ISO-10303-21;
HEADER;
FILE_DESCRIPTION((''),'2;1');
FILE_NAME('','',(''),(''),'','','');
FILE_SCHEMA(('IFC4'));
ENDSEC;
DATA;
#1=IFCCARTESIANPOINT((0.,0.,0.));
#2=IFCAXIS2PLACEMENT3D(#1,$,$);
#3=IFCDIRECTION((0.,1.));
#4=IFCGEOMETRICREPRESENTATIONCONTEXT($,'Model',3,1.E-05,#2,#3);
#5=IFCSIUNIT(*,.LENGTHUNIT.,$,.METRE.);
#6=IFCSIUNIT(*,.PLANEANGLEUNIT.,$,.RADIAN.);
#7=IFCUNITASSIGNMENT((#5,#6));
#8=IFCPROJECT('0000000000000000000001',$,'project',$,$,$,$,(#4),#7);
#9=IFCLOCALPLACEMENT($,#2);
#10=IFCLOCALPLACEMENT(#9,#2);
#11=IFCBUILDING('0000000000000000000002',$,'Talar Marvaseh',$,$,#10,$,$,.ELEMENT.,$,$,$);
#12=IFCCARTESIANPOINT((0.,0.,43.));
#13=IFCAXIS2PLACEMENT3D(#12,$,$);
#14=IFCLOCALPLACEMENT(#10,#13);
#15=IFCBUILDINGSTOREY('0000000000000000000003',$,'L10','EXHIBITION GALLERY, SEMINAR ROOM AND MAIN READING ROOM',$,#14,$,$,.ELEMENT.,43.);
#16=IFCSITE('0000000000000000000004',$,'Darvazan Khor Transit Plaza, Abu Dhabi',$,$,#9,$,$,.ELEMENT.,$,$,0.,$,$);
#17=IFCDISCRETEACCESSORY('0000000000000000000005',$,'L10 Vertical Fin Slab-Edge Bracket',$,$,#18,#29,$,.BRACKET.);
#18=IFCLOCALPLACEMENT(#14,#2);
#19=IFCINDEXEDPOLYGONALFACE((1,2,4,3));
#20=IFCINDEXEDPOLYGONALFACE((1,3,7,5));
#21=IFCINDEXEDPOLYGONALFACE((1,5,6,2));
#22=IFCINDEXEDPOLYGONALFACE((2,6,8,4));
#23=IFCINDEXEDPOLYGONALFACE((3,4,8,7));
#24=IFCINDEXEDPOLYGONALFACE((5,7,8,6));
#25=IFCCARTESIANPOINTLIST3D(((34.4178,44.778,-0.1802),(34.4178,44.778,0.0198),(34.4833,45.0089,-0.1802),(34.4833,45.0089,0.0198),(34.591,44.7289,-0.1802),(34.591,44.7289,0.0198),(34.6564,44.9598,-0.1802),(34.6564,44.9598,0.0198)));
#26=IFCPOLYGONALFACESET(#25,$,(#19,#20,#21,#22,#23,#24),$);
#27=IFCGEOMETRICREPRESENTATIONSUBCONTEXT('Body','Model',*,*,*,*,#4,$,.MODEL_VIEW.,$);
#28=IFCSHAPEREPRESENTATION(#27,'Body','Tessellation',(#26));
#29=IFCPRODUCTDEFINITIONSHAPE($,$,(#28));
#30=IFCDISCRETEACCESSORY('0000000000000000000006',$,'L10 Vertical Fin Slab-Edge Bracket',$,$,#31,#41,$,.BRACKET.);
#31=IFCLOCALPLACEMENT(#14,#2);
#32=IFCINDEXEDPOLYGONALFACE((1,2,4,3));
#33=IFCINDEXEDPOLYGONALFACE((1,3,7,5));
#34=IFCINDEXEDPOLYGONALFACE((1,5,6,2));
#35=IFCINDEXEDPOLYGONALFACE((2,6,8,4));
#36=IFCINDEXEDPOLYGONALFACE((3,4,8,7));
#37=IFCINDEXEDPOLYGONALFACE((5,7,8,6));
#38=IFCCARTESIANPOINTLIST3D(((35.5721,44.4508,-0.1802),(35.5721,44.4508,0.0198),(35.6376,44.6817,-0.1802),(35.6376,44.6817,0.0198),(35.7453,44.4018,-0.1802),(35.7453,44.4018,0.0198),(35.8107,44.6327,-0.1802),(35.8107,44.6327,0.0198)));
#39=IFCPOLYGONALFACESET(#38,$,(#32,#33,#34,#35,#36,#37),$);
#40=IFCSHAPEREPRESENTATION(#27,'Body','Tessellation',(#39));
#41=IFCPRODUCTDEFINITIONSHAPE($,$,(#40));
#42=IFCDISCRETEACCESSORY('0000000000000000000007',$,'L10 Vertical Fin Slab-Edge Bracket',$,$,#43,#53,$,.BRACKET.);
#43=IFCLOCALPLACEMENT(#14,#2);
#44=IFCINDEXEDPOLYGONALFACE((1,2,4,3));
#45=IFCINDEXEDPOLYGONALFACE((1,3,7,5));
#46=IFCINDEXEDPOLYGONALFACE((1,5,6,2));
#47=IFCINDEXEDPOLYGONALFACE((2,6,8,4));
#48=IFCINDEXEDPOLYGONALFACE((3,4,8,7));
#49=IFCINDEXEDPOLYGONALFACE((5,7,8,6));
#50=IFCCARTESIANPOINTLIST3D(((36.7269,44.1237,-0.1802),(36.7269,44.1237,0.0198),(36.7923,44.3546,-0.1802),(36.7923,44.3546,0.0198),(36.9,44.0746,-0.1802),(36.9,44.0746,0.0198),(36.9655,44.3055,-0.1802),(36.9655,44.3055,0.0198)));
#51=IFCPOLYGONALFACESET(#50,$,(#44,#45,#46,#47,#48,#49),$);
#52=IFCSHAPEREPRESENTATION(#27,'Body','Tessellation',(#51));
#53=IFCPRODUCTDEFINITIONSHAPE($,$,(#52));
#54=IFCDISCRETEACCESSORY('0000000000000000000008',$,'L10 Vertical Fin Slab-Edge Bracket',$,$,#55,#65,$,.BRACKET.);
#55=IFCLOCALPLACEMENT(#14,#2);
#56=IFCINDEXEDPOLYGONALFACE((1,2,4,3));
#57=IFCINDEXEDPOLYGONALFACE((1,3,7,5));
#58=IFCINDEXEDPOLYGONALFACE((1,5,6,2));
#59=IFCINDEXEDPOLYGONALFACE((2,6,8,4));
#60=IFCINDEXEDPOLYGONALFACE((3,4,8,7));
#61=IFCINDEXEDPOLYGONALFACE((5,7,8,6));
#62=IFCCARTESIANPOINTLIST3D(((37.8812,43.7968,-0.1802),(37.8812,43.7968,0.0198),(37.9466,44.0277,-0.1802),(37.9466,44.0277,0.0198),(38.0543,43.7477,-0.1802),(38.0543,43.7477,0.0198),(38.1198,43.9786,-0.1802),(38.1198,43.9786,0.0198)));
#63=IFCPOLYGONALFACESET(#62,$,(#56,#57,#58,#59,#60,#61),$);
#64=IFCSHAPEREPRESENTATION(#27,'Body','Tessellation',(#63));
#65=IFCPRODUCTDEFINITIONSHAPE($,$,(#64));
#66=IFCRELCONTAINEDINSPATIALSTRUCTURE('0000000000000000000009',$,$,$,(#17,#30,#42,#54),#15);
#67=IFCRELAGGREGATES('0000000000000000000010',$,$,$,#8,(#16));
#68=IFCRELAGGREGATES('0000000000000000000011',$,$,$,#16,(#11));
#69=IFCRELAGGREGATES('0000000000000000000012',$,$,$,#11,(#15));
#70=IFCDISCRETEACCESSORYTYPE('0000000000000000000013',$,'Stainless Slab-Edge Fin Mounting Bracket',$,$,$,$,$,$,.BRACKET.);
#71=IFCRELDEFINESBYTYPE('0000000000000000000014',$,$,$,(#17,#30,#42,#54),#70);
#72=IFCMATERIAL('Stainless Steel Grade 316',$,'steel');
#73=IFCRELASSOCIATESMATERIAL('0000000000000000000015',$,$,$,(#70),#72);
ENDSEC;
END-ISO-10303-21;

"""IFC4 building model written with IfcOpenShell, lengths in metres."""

from ifc_helpers import new_model, si_unit, direction, frame, origin, origin_2d, place, context, subcontext, project, spatial, rectangle, extrude, source, transform, mapped, material, type_object, type_shapes, element, save


model = new_model("IFC4")

# Units and contexts
model_context = context("Model", 3, precision=1e-05, world=origin(), true_north=direction((0.0, 1.0)))
body_context = subcontext(model_context, "Body", "Model", "MODEL_VIEW")
ifc_project = project(units=[si_unit("LENGTHUNIT", "METRE"), si_unit("PLANEANGLEUNIT", "RADIAN")], contexts=[model_context])

# Site, building, storey
site_placement = place(None, origin())
site = spatial("IfcSite", under=ifc_project, at=site_placement, Name="Darvazan Khor Transit Plaza, Abu Dhabi", CompositionType="ELEMENT", RefElevation=0.0)
building_placement = place(site_placement, origin())
building = spatial("IfcBuilding", under=site, at=building_placement, Name="Talar Marvaseh", CompositionType="ELEMENT")
storey_placement = place(building_placement, frame((0.0, 0.0, 43.0)))
storey = spatial("IfcBuildingStorey", under=building, at=storey_placement, Name="L10", Description="EXHIBITION GALLERY, SEMINAR ROOM AND MAIN READING ROOM", CompositionType="ELEMENT", Elevation=43.0)

# Discrete accessories
ifc_material_1 = material(Name="Stainless Steel Grade 316", Category="steel")
discrete_accessory_type = type_object("IfcDiscreteAccessoryType", Name="Stainless Slab-Edge Fin Mounting Bracket", PredefinedType="BRACKET", material=ifc_material_1)
shared_shape_1 = source(origin(), body_context, "Body", "SweptSolid", [
    extrude(rectangle(XDim=0.24, YDim=0.1799, at=origin_2d()), origin(), (0.0, 0.0, 1.0), 0.2),
])
type_shapes(discrete_accessory_type, [shared_shape_1])
for number, where, z_axis, x_axis, name in (
    (1, (34.5371, 44.8689, -0.1802), (0.0, 0.0, 1.0), (0.272616, 0.962123, 0.0), "L10 Vertical Fin Slab-Edge Bracket"),
    (2, (35.6914, 44.5417, -0.1802), (0.0, 0.0, 1.0), (0.272616, 0.962123, 0.0), "L10 Vertical Fin Slab-Edge Bracket"),
    (3, (36.8462, 44.2146, -0.1802), (0.0, 0.0, 1.0), (0.272616, 0.962123, 0.0), "L10 Vertical Fin Slab-Edge Bracket"),
    (4, (38.0005, 43.8877, -0.1802), (0.0, 0.0, 1.0), (0.272616, 0.962123, 0.0), "L10 Vertical Fin Slab-Edge Bracket"),
):
    element("IfcDiscreteAccessory", number, at=place(storey_placement, frame(where, z_axis=z_axis, x_axis=x_axis)), inside=storey, type_object=discrete_accessory_type, Name=name, PredefinedType="BRACKET", context=body_context, shape_type="MappedRepresentation", body=[
        mapped(shared_shape_1, transform((0.0, 0.0, 0.0), x_axis=(1.0, 0.0, 0.0), y_axis=(0.0, 1.0, 0.0), z_axis=(0.0, 0.0, 1.0), scale=1.0)),
    ])

save(model, "model.ifc")
